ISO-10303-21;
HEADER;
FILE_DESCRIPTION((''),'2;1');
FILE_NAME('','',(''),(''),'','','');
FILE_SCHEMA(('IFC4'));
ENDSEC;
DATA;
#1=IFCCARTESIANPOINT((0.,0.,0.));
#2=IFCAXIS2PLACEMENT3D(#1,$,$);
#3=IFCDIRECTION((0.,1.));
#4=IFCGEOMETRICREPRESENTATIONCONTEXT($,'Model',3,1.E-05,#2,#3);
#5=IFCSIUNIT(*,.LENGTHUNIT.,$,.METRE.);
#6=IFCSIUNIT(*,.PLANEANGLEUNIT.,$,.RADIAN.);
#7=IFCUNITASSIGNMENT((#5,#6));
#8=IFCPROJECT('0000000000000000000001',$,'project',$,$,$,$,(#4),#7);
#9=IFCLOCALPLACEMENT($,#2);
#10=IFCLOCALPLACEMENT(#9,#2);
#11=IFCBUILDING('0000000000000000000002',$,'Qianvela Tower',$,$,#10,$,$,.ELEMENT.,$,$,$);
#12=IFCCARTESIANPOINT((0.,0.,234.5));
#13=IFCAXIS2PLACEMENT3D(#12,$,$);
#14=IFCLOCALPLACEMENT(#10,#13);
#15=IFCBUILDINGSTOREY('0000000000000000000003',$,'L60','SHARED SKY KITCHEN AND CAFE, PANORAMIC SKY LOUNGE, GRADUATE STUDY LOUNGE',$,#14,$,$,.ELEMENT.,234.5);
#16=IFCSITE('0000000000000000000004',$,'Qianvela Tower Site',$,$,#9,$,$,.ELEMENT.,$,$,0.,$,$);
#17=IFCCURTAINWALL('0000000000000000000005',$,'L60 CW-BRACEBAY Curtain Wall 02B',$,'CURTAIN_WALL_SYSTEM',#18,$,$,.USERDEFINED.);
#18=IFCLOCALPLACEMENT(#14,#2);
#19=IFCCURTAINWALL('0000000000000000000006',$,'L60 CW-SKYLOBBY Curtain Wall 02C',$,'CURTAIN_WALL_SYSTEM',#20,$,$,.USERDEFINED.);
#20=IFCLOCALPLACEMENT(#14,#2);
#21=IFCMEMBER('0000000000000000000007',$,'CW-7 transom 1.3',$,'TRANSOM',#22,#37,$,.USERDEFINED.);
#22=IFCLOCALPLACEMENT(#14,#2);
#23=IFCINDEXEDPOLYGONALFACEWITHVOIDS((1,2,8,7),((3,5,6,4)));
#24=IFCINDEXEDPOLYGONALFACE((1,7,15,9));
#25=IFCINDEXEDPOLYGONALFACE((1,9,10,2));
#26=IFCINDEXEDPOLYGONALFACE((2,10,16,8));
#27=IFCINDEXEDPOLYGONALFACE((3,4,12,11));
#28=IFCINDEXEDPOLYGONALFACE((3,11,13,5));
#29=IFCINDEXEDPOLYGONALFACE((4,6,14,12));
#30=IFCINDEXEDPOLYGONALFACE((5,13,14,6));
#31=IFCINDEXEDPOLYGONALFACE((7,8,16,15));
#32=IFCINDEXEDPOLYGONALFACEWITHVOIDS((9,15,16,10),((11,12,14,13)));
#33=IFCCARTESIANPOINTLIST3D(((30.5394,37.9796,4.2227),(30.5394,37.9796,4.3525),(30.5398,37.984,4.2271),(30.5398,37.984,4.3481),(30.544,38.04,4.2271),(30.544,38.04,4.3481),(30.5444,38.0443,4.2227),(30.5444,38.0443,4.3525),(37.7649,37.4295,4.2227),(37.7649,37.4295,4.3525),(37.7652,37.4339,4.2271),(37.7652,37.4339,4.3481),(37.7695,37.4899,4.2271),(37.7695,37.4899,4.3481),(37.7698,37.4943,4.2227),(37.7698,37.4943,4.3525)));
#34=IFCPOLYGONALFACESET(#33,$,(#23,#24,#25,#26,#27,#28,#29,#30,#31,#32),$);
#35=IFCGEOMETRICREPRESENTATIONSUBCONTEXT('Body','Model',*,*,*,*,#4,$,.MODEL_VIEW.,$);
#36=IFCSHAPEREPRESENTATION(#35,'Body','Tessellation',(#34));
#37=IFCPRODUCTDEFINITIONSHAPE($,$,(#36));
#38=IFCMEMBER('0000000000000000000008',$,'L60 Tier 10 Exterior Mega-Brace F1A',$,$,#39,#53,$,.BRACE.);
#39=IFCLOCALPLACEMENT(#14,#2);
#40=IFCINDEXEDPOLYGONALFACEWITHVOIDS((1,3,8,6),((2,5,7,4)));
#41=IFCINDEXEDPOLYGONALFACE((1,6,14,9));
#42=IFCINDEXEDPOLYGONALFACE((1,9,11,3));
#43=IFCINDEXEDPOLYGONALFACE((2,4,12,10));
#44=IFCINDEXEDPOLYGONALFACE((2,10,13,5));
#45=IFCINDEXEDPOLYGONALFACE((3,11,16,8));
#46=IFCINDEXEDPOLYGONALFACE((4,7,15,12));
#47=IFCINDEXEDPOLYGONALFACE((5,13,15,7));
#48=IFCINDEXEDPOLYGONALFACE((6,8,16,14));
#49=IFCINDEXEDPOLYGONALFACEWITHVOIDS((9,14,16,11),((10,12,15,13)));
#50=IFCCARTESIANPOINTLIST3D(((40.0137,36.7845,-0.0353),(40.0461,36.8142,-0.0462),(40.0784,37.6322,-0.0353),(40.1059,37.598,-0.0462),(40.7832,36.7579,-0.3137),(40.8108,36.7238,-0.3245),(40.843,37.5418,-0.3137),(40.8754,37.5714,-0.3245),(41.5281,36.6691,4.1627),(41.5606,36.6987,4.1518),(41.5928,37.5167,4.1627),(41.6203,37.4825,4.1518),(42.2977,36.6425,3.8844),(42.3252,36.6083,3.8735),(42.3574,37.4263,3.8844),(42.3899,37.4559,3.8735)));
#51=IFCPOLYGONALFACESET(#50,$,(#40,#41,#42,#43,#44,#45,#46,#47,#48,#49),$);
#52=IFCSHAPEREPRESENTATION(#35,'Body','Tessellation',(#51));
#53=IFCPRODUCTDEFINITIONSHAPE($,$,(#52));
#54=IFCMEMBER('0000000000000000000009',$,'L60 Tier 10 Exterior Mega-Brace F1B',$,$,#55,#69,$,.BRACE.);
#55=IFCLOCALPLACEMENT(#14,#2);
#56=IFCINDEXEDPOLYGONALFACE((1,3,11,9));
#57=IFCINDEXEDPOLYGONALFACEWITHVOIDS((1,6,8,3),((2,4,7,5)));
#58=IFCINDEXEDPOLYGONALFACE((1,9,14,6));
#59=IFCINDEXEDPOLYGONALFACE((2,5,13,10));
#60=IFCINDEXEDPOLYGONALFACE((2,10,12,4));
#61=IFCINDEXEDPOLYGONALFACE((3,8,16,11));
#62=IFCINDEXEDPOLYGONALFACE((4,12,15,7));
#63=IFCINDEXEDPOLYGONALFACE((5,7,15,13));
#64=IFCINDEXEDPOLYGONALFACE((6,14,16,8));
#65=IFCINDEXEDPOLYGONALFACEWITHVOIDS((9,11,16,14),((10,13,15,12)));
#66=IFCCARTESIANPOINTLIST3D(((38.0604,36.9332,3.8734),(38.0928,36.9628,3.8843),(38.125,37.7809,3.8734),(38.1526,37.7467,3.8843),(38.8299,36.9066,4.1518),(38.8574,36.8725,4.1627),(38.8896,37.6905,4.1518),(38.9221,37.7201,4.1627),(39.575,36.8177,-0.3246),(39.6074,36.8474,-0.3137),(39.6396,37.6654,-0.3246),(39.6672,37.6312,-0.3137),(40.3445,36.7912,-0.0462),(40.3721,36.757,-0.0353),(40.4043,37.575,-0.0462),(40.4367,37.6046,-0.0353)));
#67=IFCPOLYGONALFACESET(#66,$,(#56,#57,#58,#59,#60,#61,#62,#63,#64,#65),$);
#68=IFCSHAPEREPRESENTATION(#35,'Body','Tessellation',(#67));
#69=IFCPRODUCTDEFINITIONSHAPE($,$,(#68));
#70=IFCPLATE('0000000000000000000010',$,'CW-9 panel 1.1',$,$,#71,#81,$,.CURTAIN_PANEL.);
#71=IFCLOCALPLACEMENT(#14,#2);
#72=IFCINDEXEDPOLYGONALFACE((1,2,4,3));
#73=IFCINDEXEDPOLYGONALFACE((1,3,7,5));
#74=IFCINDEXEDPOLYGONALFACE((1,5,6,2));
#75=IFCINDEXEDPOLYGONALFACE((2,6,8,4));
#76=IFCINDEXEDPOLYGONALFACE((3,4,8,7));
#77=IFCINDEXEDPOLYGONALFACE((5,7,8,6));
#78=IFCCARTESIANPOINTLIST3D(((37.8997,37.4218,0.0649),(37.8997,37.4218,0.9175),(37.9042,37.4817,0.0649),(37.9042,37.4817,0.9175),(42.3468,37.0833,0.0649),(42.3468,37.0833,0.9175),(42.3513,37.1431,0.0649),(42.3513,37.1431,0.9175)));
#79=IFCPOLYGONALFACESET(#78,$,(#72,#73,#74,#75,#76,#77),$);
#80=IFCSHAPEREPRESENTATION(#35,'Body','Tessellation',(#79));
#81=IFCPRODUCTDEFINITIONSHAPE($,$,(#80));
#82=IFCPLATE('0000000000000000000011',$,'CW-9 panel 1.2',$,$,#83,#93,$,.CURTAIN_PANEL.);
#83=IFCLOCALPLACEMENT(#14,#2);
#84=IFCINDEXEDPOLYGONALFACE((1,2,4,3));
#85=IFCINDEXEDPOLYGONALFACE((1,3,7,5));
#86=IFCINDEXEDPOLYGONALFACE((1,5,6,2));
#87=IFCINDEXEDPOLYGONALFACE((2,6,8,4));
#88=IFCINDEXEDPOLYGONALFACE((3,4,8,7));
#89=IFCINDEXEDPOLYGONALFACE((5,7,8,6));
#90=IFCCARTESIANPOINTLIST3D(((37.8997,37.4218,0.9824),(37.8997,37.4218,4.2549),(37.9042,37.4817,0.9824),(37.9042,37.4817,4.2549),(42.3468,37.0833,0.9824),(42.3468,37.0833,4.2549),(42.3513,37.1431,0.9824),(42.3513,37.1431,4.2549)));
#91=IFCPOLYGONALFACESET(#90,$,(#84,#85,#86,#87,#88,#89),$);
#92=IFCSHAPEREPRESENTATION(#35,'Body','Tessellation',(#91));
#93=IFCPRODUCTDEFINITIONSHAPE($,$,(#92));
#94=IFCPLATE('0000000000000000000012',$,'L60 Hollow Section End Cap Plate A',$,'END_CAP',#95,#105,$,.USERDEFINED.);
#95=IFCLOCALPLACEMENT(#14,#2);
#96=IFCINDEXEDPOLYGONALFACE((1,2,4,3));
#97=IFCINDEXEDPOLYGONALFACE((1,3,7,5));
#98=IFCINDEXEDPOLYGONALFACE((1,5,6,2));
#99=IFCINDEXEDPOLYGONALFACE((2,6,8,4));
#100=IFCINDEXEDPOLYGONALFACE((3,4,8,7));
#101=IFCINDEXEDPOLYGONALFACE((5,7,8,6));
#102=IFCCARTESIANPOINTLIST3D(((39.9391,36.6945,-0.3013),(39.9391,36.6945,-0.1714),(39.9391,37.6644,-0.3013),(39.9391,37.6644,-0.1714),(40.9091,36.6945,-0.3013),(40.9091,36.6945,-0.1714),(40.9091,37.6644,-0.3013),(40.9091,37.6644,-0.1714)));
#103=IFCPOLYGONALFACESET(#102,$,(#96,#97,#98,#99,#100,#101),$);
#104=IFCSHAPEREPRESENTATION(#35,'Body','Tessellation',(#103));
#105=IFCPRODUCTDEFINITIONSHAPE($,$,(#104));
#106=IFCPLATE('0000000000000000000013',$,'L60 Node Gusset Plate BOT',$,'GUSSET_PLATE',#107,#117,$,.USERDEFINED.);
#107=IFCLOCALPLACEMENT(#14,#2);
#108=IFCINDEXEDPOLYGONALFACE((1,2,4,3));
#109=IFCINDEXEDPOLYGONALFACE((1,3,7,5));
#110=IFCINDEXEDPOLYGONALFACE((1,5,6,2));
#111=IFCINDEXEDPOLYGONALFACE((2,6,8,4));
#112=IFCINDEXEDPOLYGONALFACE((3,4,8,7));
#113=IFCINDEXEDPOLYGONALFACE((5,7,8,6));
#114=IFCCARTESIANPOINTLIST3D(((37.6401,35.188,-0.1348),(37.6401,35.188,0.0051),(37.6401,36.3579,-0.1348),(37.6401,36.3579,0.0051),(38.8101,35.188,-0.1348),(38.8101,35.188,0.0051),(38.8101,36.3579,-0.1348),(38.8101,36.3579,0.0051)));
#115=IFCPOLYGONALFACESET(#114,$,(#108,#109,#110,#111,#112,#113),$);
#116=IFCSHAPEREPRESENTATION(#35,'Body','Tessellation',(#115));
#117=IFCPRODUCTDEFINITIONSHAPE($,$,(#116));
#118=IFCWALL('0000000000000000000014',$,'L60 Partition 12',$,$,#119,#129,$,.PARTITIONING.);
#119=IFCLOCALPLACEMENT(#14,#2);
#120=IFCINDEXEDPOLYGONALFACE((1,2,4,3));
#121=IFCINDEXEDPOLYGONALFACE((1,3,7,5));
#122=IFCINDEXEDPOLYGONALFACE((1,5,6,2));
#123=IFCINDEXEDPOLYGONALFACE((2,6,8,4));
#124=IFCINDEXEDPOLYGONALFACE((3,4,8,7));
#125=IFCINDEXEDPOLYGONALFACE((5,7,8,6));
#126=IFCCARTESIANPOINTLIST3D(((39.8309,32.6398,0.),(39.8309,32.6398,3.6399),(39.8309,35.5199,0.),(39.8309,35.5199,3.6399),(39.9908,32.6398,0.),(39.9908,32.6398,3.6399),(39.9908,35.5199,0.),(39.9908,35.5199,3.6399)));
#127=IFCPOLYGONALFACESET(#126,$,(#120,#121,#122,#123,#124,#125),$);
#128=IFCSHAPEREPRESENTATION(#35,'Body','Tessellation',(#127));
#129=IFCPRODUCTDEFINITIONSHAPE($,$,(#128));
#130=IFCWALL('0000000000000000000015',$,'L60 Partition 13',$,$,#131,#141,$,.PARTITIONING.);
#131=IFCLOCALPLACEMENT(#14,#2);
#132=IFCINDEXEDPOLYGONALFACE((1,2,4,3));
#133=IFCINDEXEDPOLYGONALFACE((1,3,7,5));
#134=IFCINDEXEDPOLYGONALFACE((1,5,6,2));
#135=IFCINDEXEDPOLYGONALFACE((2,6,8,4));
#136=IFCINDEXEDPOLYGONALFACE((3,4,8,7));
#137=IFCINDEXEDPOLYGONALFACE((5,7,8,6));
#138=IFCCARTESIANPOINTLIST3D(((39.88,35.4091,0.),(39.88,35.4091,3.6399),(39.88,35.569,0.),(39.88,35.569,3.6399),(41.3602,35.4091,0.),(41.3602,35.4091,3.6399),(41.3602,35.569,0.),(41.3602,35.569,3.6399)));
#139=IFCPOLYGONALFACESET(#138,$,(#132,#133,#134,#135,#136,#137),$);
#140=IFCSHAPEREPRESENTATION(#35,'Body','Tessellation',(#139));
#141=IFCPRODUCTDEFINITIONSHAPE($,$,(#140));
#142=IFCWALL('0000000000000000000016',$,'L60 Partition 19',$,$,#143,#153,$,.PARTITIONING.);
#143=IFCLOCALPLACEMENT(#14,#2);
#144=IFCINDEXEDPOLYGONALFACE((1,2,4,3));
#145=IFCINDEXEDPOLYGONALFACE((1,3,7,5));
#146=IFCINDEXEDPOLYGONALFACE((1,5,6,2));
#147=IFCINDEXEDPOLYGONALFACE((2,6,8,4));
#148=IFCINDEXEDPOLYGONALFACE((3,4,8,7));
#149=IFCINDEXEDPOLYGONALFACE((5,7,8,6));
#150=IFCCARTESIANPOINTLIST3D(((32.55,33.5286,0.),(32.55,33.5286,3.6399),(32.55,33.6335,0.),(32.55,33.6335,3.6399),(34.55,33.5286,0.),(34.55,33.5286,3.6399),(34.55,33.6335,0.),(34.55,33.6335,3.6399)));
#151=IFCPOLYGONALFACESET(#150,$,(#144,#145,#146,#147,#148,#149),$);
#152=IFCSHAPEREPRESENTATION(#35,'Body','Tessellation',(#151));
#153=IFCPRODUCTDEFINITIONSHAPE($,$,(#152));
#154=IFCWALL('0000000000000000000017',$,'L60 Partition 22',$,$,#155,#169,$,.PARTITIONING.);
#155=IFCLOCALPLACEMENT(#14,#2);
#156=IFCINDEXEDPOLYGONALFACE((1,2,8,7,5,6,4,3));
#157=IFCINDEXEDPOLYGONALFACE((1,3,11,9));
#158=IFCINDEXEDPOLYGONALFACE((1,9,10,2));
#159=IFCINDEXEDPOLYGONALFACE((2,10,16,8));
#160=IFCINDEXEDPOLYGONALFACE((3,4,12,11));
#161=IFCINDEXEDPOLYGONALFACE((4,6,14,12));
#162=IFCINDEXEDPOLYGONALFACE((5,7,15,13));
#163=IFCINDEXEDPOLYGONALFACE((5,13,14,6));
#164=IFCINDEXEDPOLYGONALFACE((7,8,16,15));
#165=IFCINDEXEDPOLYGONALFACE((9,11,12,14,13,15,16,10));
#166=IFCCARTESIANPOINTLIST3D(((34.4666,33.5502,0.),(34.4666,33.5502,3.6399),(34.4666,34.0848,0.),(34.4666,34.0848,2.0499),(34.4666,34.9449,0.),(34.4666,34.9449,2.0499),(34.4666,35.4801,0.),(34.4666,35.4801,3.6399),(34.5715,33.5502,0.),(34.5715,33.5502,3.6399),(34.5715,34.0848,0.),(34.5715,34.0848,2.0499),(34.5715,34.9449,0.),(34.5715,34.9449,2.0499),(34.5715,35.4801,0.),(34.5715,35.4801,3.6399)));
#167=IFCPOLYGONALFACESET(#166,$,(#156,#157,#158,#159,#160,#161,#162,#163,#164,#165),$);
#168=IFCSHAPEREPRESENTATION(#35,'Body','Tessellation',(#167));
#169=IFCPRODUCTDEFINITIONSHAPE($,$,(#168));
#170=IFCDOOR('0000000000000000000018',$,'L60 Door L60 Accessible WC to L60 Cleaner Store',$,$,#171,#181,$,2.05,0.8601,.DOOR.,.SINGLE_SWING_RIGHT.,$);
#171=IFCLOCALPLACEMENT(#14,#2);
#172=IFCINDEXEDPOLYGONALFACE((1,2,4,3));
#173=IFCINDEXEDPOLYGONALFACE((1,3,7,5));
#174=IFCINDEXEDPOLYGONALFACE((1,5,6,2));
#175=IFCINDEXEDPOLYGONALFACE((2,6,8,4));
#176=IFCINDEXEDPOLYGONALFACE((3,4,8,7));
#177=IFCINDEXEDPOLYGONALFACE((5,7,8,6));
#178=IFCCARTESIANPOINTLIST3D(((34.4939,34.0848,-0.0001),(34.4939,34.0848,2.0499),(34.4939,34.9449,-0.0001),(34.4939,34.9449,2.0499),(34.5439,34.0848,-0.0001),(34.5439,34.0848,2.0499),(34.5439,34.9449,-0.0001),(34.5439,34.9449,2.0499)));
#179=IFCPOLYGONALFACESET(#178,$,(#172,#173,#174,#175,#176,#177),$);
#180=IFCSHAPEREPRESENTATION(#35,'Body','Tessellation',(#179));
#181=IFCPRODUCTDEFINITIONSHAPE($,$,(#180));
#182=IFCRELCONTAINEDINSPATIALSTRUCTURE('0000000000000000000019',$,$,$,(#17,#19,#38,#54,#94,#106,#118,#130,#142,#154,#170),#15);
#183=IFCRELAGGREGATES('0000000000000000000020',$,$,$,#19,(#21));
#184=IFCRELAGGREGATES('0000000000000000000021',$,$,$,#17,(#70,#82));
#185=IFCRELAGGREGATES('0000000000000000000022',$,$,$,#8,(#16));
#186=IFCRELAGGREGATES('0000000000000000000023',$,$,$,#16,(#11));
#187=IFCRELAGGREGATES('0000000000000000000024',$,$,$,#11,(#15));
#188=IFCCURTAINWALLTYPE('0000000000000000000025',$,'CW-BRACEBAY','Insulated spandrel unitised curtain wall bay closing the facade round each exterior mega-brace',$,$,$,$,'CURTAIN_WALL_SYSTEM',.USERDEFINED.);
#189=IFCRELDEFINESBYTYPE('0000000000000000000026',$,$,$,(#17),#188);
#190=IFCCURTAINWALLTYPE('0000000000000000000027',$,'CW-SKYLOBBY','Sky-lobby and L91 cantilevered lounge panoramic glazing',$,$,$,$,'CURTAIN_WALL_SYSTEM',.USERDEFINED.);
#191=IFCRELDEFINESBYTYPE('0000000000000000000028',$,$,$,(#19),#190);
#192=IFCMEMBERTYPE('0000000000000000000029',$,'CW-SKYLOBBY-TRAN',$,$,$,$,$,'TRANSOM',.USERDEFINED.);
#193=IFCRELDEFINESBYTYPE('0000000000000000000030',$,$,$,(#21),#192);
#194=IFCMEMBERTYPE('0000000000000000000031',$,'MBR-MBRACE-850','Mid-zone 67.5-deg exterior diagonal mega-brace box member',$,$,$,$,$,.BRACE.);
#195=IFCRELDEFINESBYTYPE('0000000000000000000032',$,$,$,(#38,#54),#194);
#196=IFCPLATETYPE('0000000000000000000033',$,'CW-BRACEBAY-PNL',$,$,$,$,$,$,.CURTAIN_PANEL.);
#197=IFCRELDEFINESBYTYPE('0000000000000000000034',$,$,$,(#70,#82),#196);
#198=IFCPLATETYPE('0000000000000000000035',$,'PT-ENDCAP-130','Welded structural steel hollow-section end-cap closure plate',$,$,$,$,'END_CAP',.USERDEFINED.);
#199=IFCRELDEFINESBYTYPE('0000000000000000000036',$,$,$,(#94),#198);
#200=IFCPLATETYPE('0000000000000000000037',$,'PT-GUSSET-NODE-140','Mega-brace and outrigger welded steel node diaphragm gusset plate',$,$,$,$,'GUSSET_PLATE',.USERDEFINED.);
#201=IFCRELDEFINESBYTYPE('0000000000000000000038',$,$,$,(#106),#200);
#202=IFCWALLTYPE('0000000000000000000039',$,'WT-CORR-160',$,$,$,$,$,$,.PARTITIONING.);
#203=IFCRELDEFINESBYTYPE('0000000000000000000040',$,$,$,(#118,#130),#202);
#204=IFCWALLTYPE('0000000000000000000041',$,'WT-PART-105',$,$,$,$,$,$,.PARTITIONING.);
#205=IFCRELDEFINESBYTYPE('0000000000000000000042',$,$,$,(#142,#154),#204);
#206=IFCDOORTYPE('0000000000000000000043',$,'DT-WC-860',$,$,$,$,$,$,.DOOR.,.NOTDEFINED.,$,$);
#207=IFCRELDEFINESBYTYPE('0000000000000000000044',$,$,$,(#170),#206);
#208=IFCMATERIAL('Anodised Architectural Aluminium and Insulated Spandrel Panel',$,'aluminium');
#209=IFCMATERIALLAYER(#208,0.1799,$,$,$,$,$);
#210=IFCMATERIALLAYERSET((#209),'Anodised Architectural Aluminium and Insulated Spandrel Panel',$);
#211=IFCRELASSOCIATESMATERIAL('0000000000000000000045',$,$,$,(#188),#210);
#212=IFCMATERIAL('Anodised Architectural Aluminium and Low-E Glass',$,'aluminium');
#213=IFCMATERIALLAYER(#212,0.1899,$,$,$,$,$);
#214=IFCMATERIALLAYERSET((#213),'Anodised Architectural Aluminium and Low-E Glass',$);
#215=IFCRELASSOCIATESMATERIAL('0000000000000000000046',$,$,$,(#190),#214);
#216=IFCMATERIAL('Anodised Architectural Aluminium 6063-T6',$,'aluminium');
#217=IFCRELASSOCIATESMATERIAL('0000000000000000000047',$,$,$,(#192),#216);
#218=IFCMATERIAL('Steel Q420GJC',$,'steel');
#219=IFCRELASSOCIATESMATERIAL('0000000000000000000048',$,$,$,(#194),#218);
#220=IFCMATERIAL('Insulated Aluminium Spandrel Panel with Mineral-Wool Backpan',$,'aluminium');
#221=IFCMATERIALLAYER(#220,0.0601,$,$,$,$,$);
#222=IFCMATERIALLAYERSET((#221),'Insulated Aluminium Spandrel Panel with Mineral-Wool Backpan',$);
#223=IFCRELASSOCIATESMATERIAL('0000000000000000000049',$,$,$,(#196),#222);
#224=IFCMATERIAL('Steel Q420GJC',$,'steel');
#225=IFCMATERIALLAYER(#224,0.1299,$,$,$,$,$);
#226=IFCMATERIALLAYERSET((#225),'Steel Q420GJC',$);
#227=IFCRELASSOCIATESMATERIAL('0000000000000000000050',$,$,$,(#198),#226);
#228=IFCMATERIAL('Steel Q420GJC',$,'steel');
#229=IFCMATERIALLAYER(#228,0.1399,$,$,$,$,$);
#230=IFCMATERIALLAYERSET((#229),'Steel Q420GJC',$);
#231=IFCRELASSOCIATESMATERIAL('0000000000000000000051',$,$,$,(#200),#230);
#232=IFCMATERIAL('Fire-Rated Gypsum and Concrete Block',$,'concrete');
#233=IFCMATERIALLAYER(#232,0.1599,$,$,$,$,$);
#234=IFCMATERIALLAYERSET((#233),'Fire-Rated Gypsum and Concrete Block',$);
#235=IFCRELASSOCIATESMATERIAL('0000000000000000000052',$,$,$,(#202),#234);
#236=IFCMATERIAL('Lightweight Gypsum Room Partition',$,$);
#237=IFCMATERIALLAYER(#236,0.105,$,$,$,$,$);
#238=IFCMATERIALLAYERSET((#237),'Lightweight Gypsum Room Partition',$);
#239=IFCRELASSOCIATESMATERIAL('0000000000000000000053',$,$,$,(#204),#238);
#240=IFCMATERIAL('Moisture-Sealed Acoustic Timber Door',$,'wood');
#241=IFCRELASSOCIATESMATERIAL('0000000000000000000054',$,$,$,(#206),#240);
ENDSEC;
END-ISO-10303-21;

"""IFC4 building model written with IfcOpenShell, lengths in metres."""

from ifc_helpers import new_model, si_unit, direction, frame, frame_2d, origin, origin_2d, place, context, subcontext, project, spatial, rectangle, hollow_rectangle, extrude, material, layer, layer_set, material_profile, profile_set, type_object, element, fill, aggregate, save


model = new_model("IFC4")

# Units and contexts
model_context = context("Model", 3, precision=1e-05, world=origin(), true_north=direction((0.0, 1.0)))
body_context = subcontext(model_context, "Body", "Model", "MODEL_VIEW")
ifc_project = project(units=[si_unit("LENGTHUNIT", "METRE"), si_unit("PLANEANGLEUNIT", "RADIAN")], contexts=[model_context])

# Site, building, storey
site_placement = place(None, origin())
site = spatial("IfcSite", under=ifc_project, at=site_placement, Name="Qianvela Tower Site", CompositionType="ELEMENT", RefElevation=0.0)
building_placement = place(site_placement, origin())
building = spatial("IfcBuilding", under=site, at=building_placement, Name="Qianvela Tower", CompositionType="ELEMENT")
storey_placement = place(building_placement, frame((0.0, 0.0, 234.5)))
storey = spatial("IfcBuildingStorey", under=building, at=storey_placement, Name="L60", Description="SHARED SKY KITCHEN AND CAFE, PANORAMIC SKY LOUNGE, GRADUATE STUDY LOUNGE", CompositionType="ELEMENT", Elevation=234.5)

# Curtain wall
ifc_material_1 = material(Name="Anodised Architectural Aluminium and Insulated Spandrel Panel", Category="aluminium")
ifc_layer_1 = layer(ifc_material_1, 0.1799)
ifc_layer_set_1 = layer_set([ifc_layer_1], Name="Anodised Architectural Aluminium and Insulated Spandrel Panel")
curtain_wall_type_1 = type_object("IfcCurtainWallType", Name="CW-BRACEBAY", Description="Insulated spandrel unitised curtain wall bay closing the facade round each exterior mega-brace", ElementType="CURTAIN_WALL_SYSTEM", PredefinedType="USERDEFINED", material=ifc_layer_set_1)
curtain_wall_1_placement = place(storey_placement, origin())
curtain_wall_1 = element("IfcCurtainWall", 1, at=curtain_wall_1_placement, inside=storey, type_object=curtain_wall_type_1, Name="L60 CW-BRACEBAY Curtain Wall 02B", ObjectType="CURTAIN_WALL_SYSTEM", PredefinedType="USERDEFINED")

# Curtain wall, member
ifc_material_2 = material(Name="Anodised Architectural Aluminium and Low-E Glass", Category="aluminium")
ifc_layer_2 = layer(ifc_material_2, 0.1899)
ifc_layer_set_2 = layer_set([ifc_layer_2], Name="Anodised Architectural Aluminium and Low-E Glass")
curtain_wall_type_2 = type_object("IfcCurtainWallType", Name="CW-SKYLOBBY", Description="Sky-lobby and L91 cantilevered lounge panoramic glazing", ElementType="CURTAIN_WALL_SYSTEM", PredefinedType="USERDEFINED", material=ifc_layer_set_2)
curtain_wall_2_placement = place(storey_placement, origin())
curtain_wall_2 = element("IfcCurtainWall", 2, at=curtain_wall_2_placement, inside=storey, type_object=curtain_wall_type_2, Name="L60 CW-SKYLOBBY Curtain Wall 02C", ObjectType="CURTAIN_WALL_SYSTEM", PredefinedType="USERDEFINED")
ifc_material_3 = material(Name="Anodised Architectural Aluminium 6063-T6", Category="aluminium")
ifc_material_profile_1 = material_profile(ifc_material_3, hollow_rectangle(XDim=0.0649, YDim=0.1299, WallThickness=0.0044, at=origin_2d()), Name="ALU-TRAN-65x130")
ifc_profile_set_1 = profile_set([ifc_material_profile_1], Name="Anodised Architectural Aluminium 6063-T6")
member_type_1 = type_object("IfcMemberType", Name="CW-SKYLOBBY-TRAN", ElementType="TRANSOM", PredefinedType="USERDEFINED", material=ifc_profile_set_1)
member_1_placement = place(storey_placement, frame((37.7673, 37.4619, 4.2876), z_axis=(-0.997115, 0.075908, 0.0), x_axis=(-0.075908, -0.997115, 0.0)))
member_1 = element("IfcMember", 3, at=member_1_placement, type_object=member_type_1, Name="CW-7 transom 1.3", ObjectType="TRANSOM", PredefinedType="USERDEFINED", context=body_context, shape_type="SweptSolid", body=[
    extrude(hollow_rectangle(XDim=0.0649, YDim=0.1299, WallThickness=0.0044, at=origin_2d()), origin(), (0.0, 0.0, 1.0), 7.2463),
])
aggregate(curtain_wall_2, [member_1])

# Members
ifc_material_4 = material(Name="Steel Q420GJC", Category="steel")
ifc_material_profile_2 = material_profile(ifc_material_4, hollow_rectangle(XDim=0.8501, YDim=0.8501, WallThickness=0.032, at=origin_2d()), Name="MBOX-850x850x32")
ifc_profile_set_2 = profile_set([ifc_material_profile_2], Name="Steel Q420GJC")
member_type_2 = type_object("IfcMemberType", Name="MBR-MBRACE-850", Description="Mid-zone 67.5-deg exterior diagonal mega-brace box member", PredefinedType="BRACE", material=ifc_profile_set_2)
for number, where, z_axis, x_axis, name in (
    (4, (40.4446, 37.178, -0.1799), (0.339226, -0.025867, 0.940349), (0.076033, 0.997105, 0.0), "L60 Tier 10 Exterior Mega-Brace F1A"),
    (5, (40.0059, 37.2112, -0.1799), (-0.339274, 0.025867, 0.940332), (-0.076021, -0.997106, 0.0), "L60 Tier 10 Exterior Mega-Brace F1B"),
):
    element("IfcMember", number, at=place(storey_placement, frame(where, z_axis=z_axis, x_axis=x_axis)), inside=storey, type_object=member_type_2, Name=name, PredefinedType="BRACE", context=body_context, shape_type="SweptSolid", body=[
        extrude(hollow_rectangle(XDim=0.8501, YDim=0.8501, WallThickness=0.032, at=origin_2d()), origin(), (0.0, 0.0, 1.0), 4.4644),
    ])

# Plates
ifc_material_5 = material(Name="Insulated Aluminium Spandrel Panel with Mineral-Wool Backpan", Category="aluminium")
ifc_layer_3 = layer(ifc_material_5, 0.0601)
ifc_layer_set_3 = layer_set([ifc_layer_3], Name="Insulated Aluminium Spandrel Panel with Mineral-Wool Backpan")
plate_type_1 = type_object("IfcPlateType", Name="CW-BRACEBAY-PNL", PredefinedType="CURTAIN_PANEL", material=ifc_layer_set_3)
plate_1_placement = place(storey_placement, frame((40.1255, 37.2825, 0.0649), z_axis=(0.0, 0.0, 1.0), x_axis=(-0.997115, 0.075905, 0.0)))
plate_1 = element("IfcPlate", 6, at=plate_1_placement, type_object=plate_type_1, Name="CW-9 panel 1.1", PredefinedType="CURTAIN_PANEL", context=body_context, shape_type="SweptSolid", body=[
    extrude(rectangle(XDim=4.46, YDim=0.0601, at=origin_2d()), origin(), (0.0, 0.0, 1.0), 0.8525),
])
plate_2_placement = place(storey_placement, frame((40.1255, 37.2825, 0.9824), z_axis=(0.0, 0.0, 1.0), x_axis=(-0.997115, 0.075905, 0.0)))
plate_2 = element("IfcPlate", 7, at=plate_2_placement, type_object=plate_type_1, Name="CW-9 panel 1.2", PredefinedType="CURTAIN_PANEL", context=body_context, shape_type="SweptSolid", body=[
    extrude(rectangle(XDim=4.46, YDim=0.0601, at=origin_2d()), origin(), (0.0, 0.0, 1.0), 3.2725),
])
aggregate(curtain_wall_1, [plate_1, plate_2])

# Plates
ifc_material_6 = material(Name="Steel Q420GJC", Category="steel")
ifc_layer_4 = layer(ifc_material_6, 0.1299)
ifc_layer_set_4 = layer_set([ifc_layer_4], Name="Steel Q420GJC")
plate_type_2 = type_object("IfcPlateType", Name="PT-ENDCAP-130", Description="Welded structural steel hollow-section end-cap closure plate", ElementType="END_CAP", PredefinedType="USERDEFINED", material=ifc_layer_set_4)
plate_3_placement = place(storey_placement, frame((40.4241, 37.1794, -0.3013), z_axis=(0.0, 0.0, 1.0), x_axis=(1.0, 0.0, 0.0)))
element("IfcPlate", 8, at=plate_3_placement, inside=storey, type_object=plate_type_2, Name="L60 Hollow Section End Cap Plate A", ObjectType="END_CAP", PredefinedType="USERDEFINED", context=body_context, shape_type="SweptSolid", body=[
    extrude(rectangle(XDim=0.97, YDim=0.97, at=origin_2d()), origin(), (0.0, 0.0, 1.0), 0.1299),
])
ifc_material_7 = material(Name="Steel Q420GJC", Category="steel")
ifc_layer_5 = layer(ifc_material_7, 0.1399)
ifc_layer_set_5 = layer_set([ifc_layer_5], Name="Steel Q420GJC")
plate_type_3 = type_object("IfcPlateType", Name="PT-GUSSET-NODE-140", Description="Mega-brace and outrigger welded steel node diaphragm gusset plate", ElementType="GUSSET_PLATE", PredefinedType="USERDEFINED", material=ifc_layer_set_5)
plate_4_placement = place(storey_placement, frame((38.2251, 35.7729, -0.1348), z_axis=(0.0, 0.0, 1.0), x_axis=(1.0, 0.0, 0.0)))
element("IfcPlate", 9, at=plate_4_placement, inside=storey, type_object=plate_type_3, Name="L60 Node Gusset Plate BOT", ObjectType="GUSSET_PLATE", PredefinedType="USERDEFINED", context=body_context, shape_type="SweptSolid", body=[
    extrude(rectangle(XDim=1.1699, YDim=1.1699, at=origin_2d()), origin(), (0.0, 0.0, 1.0), 0.1399),
])

# Walls
ifc_material_8 = material(Name="Fire-Rated Gypsum and Concrete Block", Category="concrete")
ifc_layer_6 = layer(ifc_material_8, 0.1599)
ifc_layer_set_6 = layer_set([ifc_layer_6], Name="Fire-Rated Gypsum and Concrete Block")
wall_type_1 = type_object("IfcWallType", Name="WT-CORR-160", PredefinedType="PARTITIONING", material=ifc_layer_set_6)
wall_1_placement = place(storey_placement, frame((39.9109, 32.6399, 0.0), z_axis=(0.0, 0.0, 1.0), x_axis=(0.0, 1.0, 0.0)))
element("IfcWall", 10, at=wall_1_placement, inside=storey, type_object=wall_type_1, Name="L60 Partition 12", PredefinedType="PARTITIONING", context=body_context, shape_type="SweptSolid", body=[
    extrude(rectangle(XDim=2.8801, YDim=0.1599, at=frame_2d((1.4399, 0.0))), origin(), (0.0, 0.0, 1.0), 3.6399),
])
wall_2_placement = place(storey_placement, frame((39.8799, 35.489, 0.0), z_axis=(0.0, 0.0, 1.0), x_axis=(1.0, 0.0, 0.0)))
element("IfcWall", 11, at=wall_2_placement, inside=storey, type_object=wall_type_1, Name="L60 Partition 13", PredefinedType="PARTITIONING", context=body_context, shape_type="SweptSolid", body=[
    extrude(rectangle(XDim=1.4802, YDim=0.1599, at=frame_2d((0.7402, 0.0))), origin(), (0.0, 0.0, 1.0), 3.6399),
])
ifc_material_9 = material(Name="Lightweight Gypsum Room Partition")
ifc_layer_7 = layer(ifc_material_9, 0.105)
ifc_layer_set_7 = layer_set([ifc_layer_7], Name="Lightweight Gypsum Room Partition")
wall_type_2 = type_object("IfcWallType", Name="WT-PART-105", PredefinedType="PARTITIONING", material=ifc_layer_set_7)
wall_3_placement = place(storey_placement, frame((34.55, 33.5811, 0.0), z_axis=(0.0, 0.0, 1.0), x_axis=(-1.0, 0.0, 0.0)))
element("IfcWall", 12, at=wall_3_placement, inside=storey, type_object=wall_type_2, Name="L60 Partition 19", PredefinedType="PARTITIONING", context=body_context, shape_type="SweptSolid", body=[
    extrude(rectangle(XDim=2.0, YDim=0.105, at=frame_2d((1.0, 0.0))), origin(), (0.0, 0.0, 1.0), 3.6399),
])

# Wall, opening, door
wall_4_placement = place(storey_placement, frame((34.519, 35.48, 0.0), z_axis=(0.0, 0.0, 1.0), x_axis=(0.0, -1.0, 0.0)))
wall_4 = element("IfcWall", 13, at=wall_4_placement, inside=storey, type_object=wall_type_2, Name="L60 Partition 22", PredefinedType="PARTITIONING", context=body_context, shape_type="SweptSolid", body=[
    extrude(rectangle(XDim=1.9299, YDim=0.105, at=frame_2d((0.9648, 0.0))), origin(), (0.0, 0.0, 1.0), 3.6399),
])
opening_1_placement = place(wall_4_placement, frame((0.5349, 0.0, 0.0)))
opening_1 = element("IfcOpeningElement", 14, at=opening_1_placement, cuts=wall_4, PredefinedType="OPENING", context=body_context, shape_type="SweptSolid", body=[
    extrude(rectangle(XDim=0.8601, YDim=2.05, at=frame_2d((0.4302, 1.0249))), frame((0.0, 0.0625, 0.0), z_axis=(0.0, -1.0, 0.0), x_axis=(1.0, 0.0, 0.0)), (0.0, 0.0, 1.0), 0.125),
])
ifc_material_10 = material(Name="Moisture-Sealed Acoustic Timber Door", Category="wood")
door_type_1 = type_object("IfcDoorType", Name="DT-WC-860", OperationType="NOTDEFINED", PredefinedType="DOOR", material=ifc_material_10)
door_1_placement = place(opening_1_placement, origin())
door_1 = element("IfcDoor", 15, at=door_1_placement, inside=storey, type_object=door_type_1, Name="L60 Door L60 Accessible WC to L60 Cleaner Store", OperationType="SINGLE_SWING_RIGHT", OverallHeight=2.05, OverallWidth=0.8601, PredefinedType="DOOR", context=body_context, shape_type="SweptSolid", body=[
    extrude(rectangle(XDim=0.8601, YDim=2.05, at=frame_2d((0.4302, 1.0249))), frame((0.0, 0.0249, 0.0), z_axis=(0.0, -1.0, 0.0), x_axis=(1.0, 0.0, 0.0)), (0.0, 0.0, 1.0), 0.05),
])
fill(opening_1, door_1)

save(model, "model.ifc")
